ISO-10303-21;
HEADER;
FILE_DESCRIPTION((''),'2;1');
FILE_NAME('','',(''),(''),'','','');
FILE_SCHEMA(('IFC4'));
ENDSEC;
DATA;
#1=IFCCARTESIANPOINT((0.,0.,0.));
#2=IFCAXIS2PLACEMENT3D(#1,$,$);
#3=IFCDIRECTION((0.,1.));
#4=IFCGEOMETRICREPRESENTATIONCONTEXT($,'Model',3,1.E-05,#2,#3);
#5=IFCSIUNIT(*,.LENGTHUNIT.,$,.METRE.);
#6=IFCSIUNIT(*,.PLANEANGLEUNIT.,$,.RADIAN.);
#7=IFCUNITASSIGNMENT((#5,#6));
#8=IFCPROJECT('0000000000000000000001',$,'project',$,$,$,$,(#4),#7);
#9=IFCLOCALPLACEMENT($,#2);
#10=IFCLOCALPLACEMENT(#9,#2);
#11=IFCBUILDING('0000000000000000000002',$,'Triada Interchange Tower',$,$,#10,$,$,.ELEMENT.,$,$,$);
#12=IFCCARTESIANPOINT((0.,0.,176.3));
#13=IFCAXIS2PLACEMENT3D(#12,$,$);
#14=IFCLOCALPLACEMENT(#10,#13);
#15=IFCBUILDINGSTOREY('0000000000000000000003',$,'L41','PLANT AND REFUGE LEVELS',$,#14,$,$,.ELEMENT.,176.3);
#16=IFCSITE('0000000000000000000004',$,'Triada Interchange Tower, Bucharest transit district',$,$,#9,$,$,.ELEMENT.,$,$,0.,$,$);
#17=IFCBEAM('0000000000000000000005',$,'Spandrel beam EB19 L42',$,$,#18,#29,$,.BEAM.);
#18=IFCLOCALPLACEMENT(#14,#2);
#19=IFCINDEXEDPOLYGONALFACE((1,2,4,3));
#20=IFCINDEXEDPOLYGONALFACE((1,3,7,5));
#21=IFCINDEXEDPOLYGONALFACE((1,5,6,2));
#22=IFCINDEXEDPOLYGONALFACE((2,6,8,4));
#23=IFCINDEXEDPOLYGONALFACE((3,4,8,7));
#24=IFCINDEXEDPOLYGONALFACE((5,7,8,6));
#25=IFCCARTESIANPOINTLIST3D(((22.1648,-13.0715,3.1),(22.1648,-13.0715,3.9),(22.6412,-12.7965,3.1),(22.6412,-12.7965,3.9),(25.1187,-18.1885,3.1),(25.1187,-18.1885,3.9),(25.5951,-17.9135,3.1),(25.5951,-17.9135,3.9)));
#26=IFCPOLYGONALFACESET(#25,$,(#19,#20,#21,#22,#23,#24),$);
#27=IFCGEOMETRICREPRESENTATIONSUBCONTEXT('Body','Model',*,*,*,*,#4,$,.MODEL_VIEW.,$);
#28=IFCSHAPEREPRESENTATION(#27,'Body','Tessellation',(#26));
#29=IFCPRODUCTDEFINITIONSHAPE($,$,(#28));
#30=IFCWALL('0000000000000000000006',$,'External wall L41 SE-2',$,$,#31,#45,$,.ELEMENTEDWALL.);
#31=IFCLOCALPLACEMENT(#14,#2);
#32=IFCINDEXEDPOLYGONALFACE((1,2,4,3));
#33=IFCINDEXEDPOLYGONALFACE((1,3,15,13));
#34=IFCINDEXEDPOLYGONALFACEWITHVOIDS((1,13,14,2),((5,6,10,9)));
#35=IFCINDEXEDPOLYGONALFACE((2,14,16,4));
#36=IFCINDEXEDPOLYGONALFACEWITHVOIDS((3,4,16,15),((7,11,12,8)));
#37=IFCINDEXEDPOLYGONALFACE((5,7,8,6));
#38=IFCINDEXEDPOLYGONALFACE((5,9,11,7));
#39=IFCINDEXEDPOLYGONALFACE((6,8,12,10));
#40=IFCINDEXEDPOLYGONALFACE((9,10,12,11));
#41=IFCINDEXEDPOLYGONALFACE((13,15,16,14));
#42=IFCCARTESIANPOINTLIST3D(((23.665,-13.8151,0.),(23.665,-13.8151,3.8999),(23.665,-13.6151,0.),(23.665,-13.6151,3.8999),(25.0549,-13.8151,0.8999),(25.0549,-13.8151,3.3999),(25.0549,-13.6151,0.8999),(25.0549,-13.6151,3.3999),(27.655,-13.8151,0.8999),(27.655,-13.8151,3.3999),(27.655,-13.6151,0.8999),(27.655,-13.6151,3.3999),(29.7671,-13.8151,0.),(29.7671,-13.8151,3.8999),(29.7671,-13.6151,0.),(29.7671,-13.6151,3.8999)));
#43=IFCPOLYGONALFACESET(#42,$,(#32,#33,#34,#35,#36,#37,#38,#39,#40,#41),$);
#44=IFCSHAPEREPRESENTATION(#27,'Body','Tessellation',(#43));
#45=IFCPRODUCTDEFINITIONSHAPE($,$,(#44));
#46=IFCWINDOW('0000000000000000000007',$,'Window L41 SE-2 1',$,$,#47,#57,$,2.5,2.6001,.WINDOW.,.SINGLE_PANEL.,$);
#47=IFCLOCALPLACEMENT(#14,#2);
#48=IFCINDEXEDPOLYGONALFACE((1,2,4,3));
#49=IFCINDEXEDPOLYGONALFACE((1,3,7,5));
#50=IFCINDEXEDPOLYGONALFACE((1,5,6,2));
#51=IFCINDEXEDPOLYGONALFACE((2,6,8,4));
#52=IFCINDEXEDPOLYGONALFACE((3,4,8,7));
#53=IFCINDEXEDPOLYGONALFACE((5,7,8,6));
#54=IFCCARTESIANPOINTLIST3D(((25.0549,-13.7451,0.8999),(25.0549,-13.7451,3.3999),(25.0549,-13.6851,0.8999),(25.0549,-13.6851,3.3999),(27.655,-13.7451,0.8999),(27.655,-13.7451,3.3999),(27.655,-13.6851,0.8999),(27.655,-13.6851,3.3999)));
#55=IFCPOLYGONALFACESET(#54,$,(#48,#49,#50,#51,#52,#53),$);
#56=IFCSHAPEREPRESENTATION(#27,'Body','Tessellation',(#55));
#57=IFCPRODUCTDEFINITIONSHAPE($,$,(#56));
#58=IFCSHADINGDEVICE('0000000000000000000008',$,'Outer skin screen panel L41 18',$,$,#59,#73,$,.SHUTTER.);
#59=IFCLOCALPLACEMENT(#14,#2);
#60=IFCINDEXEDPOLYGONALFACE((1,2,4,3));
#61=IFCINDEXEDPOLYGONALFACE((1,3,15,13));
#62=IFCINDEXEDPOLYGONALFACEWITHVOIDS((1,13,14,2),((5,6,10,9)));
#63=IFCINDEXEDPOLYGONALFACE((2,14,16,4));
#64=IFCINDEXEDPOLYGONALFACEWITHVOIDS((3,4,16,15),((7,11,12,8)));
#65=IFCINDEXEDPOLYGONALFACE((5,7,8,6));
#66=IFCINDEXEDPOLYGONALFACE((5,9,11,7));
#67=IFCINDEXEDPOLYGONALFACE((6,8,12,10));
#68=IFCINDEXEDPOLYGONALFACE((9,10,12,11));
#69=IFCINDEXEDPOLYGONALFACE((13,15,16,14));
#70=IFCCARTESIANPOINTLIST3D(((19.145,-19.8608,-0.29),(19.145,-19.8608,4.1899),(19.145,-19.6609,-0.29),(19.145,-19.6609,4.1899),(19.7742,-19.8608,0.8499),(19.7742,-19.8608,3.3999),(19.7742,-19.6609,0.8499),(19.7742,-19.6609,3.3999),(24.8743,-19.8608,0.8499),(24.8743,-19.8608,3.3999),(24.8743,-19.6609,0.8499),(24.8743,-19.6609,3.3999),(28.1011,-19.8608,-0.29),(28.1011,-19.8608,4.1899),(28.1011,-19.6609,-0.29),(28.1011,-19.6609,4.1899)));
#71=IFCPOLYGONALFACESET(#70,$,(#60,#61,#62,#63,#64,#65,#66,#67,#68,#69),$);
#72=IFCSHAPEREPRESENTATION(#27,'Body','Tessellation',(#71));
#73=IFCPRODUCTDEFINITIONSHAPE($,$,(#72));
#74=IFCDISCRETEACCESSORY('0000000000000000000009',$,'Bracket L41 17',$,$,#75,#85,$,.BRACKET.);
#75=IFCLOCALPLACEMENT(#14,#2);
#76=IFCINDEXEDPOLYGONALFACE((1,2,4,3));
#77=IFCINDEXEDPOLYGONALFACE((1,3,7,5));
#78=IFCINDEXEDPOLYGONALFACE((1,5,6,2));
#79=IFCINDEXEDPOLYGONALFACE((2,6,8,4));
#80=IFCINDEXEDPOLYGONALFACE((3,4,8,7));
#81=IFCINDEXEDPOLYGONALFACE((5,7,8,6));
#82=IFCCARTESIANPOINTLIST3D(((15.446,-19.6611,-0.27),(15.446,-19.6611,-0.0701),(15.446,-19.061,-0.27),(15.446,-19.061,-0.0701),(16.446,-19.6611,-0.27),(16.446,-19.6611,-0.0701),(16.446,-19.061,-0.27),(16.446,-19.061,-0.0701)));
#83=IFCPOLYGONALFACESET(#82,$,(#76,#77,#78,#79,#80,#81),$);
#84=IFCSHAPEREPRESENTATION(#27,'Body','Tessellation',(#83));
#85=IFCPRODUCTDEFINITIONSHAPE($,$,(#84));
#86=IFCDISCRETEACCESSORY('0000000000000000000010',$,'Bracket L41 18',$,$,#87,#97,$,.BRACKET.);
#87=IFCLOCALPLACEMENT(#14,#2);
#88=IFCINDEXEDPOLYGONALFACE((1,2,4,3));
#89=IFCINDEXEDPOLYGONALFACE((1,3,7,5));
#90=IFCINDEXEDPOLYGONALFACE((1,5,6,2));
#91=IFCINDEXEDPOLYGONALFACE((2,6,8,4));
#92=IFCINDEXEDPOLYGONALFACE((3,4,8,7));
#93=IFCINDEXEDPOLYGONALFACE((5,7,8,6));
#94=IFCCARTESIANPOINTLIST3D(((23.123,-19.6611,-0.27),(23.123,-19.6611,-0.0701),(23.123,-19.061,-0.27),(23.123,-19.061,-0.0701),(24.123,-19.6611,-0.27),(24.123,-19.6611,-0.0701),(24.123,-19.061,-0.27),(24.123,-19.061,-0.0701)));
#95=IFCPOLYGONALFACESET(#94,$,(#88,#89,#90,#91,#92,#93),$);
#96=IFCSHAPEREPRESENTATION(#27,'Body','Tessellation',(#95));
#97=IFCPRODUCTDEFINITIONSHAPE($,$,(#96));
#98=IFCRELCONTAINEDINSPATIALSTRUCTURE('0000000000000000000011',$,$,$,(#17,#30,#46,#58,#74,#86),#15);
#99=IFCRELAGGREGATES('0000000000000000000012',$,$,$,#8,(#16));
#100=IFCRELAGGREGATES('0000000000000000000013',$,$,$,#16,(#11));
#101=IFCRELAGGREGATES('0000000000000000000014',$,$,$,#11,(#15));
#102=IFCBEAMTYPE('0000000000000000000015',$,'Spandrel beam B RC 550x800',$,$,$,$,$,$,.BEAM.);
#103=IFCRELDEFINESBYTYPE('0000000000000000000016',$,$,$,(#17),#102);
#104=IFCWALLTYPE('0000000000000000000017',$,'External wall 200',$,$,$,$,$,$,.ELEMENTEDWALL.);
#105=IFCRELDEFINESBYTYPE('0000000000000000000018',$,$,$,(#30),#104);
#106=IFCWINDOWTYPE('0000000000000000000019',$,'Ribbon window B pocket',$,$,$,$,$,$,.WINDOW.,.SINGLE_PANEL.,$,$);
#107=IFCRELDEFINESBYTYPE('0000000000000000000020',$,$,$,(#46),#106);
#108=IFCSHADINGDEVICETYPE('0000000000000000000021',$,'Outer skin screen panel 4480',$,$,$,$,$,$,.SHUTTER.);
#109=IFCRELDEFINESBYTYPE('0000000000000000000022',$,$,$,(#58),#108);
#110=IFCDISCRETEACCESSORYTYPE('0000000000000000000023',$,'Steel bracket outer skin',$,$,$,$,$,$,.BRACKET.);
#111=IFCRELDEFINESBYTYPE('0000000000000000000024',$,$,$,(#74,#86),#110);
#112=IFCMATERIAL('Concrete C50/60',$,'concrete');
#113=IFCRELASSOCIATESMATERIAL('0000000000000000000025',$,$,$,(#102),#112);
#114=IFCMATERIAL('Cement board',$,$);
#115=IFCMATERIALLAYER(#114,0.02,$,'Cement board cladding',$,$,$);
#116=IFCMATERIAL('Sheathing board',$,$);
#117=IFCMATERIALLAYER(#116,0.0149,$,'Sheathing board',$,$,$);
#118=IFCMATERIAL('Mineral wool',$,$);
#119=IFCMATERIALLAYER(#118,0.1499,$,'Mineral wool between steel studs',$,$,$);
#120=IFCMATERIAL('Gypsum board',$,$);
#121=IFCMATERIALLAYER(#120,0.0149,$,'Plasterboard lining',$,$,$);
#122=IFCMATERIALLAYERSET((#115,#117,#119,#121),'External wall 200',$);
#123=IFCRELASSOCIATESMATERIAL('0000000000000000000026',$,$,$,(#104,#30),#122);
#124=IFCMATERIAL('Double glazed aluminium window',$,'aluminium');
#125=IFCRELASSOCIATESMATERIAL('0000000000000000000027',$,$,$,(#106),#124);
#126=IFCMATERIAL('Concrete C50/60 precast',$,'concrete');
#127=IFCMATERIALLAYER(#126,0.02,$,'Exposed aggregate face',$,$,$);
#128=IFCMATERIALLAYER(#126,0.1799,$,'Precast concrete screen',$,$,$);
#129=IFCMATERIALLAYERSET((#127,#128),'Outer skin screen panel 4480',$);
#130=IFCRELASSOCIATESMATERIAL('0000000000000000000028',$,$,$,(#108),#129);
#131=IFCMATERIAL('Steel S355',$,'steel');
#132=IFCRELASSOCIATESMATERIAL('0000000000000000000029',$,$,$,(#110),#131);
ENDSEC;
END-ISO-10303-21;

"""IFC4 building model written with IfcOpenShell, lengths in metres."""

from ifc_helpers import new_model, si_unit, direction, frame, frame_2d, origin, origin_2d, place, context, subcontext, project, spatial, polyline, rectangle, outline, extrude, material, layer, layer_set, layer_usage, material_profile, profile_set, type_object, element, fill, save


model = new_model("IFC4")

# Units and contexts
model_context = context("Model", 3, precision=1e-05, world=origin(), true_north=direction((0.0, 1.0)))
body_context = subcontext(model_context, "Body", "Model", "MODEL_VIEW")
ifc_project = project(units=[si_unit("LENGTHUNIT", "METRE"), si_unit("PLANEANGLEUNIT", "RADIAN")], contexts=[model_context])

# Site, building, storey
site_placement = place(None, origin())
site = spatial("IfcSite", under=ifc_project, at=site_placement, Name="Triada Interchange Tower, Bucharest transit district", CompositionType="ELEMENT", RefElevation=0.0)
building_placement = place(site_placement, origin())
building = spatial("IfcBuilding", under=site, at=building_placement, Name="Triada Interchange Tower", CompositionType="ELEMENT")
storey_placement = place(building_placement, frame((0.0, 0.0, 176.3)))
storey = spatial("IfcBuildingStorey", under=building, at=storey_placement, Name="L41", Description="PLANT AND REFUGE LEVELS", CompositionType="ELEMENT", Elevation=176.3)

# Shared definitions
ifc_material_1 = material(Name="Steel S355", Category="steel")

# Beam
ifc_material_2 = material(Name="Concrete C50/60", Category="concrete")
ifc_material_profile_1 = material_profile(ifc_material_2, rectangle(XDim=0.55, YDim=0.8, at=origin_2d()), Name="RC 550x800")
ifc_profile_set_1 = profile_set([ifc_material_profile_1], Name="Concrete C50/60")
beam_type_1 = type_object("IfcBeamType", Name="Spandrel beam B RC 550x800", PredefinedType="BEAM", material=ifc_profile_set_1)
beam_1_placement = place(storey_placement, frame((25.3569, -18.051, 3.5), z_axis=(-0.499948, 0.866056, 0.0), x_axis=(-0.866056, -0.499948, 0.0)))
element("IfcBeam", 1, at=beam_1_placement, inside=storey, type_object=beam_type_1, Name="Spandrel beam EB19 L42", PredefinedType="BEAM", context=body_context, shape_type="SweptSolid", body=[
    extrude(rectangle(XDim=0.55, YDim=0.8, at=origin_2d()), origin(), (0.0, 0.0, 1.0), 5.9084),
])

# Wall, opening, window
ifc_material_3 = material(Name="Cement board")
ifc_layer_1 = layer(ifc_material_3, 0.02, Name="Cement board cladding")
ifc_material_4 = material(Name="Sheathing board")
ifc_layer_2 = layer(ifc_material_4, 0.0149, Name="Sheathing board")
ifc_material_5 = material(Name="Mineral wool")
ifc_layer_3 = layer(ifc_material_5, 0.1499, Name="Mineral wool between steel studs")
ifc_material_6 = material(Name="Gypsum board")
ifc_layer_4 = layer(ifc_material_6, 0.0149, Name="Plasterboard lining")
ifc_layer_set_1 = layer_set([ifc_layer_1, ifc_layer_2, ifc_layer_3, ifc_layer_4], Name="External wall 200")
ifc_layer_usage = layer_usage(ifc_layer_set_1, "AXIS2", "POSITIVE", -0.1001)
wall_type = type_object("IfcWallType", Name="External wall 200", PredefinedType="ELEMENTEDWALL", material=ifc_layer_set_1)
wall_placement = place(storey_placement, frame((23.665, -13.7151, 0.0), z_axis=(0.0, 0.0, 1.0), x_axis=(1.0, 0.0, 0.0)))
wall = element("IfcWall", 2, at=wall_placement, inside=storey, type_object=wall_type, material=ifc_layer_usage, Name="External wall L41 SE-2", PredefinedType="ELEMENTEDWALL", context=body_context, shape_type="SweptSolid", body=[
    extrude(rectangle(XDim=6.1021, YDim=0.2, at=frame_2d((3.051, 0.0))), origin(), (0.0, 0.0, 1.0), 3.8999),
])
opening_placement = place(wall_placement, frame((1.3899, 0.0, 0.8999)))
opening = element("IfcOpeningElement", 3, at=opening_placement, cuts=wall, PredefinedType="OPENING", context=body_context, shape_type="SweptSolid", body=[
    extrude(rectangle(XDim=2.6001, YDim=2.5, at=frame_2d((1.3, 1.25))), frame((0.0, 0.1099, 0.0), z_axis=(0.0, -1.0, 0.0), x_axis=(1.0, 0.0, 0.0)), (0.0, 0.0, 1.0), 0.22),
])
ifc_material_7 = material(Name="Double glazed aluminium window", Category="aluminium")
window_type = type_object("IfcWindowType", Name="Ribbon window B pocket", PartitioningType="SINGLE_PANEL", PredefinedType="WINDOW", material=ifc_material_7)
window_placement = place(opening_placement, origin())
window = element("IfcWindow", 4, at=window_placement, inside=storey, type_object=window_type, Name="Window L41 SE-2 1", OverallHeight=2.5, OverallWidth=2.6001, PartitioningType="SINGLE_PANEL", PredefinedType="WINDOW", context=body_context, shape_type="SweptSolid", body=[
    extrude(rectangle(XDim=2.6001, YDim=2.5, at=frame_2d((1.3, 1.25))), frame((0.0, 0.03, 0.0), z_axis=(0.0, -1.0, 0.0), x_axis=(1.0, 0.0, 0.0)), (0.0, 0.0, 1.0), 0.0601),
])
fill(opening, window)

# Shading device
ifc_material_8 = material(Name="Concrete C50/60 precast", Category="concrete")
ifc_layer_5 = layer(ifc_material_8, 0.02, Name="Exposed aggregate face")
ifc_layer_6 = layer(ifc_material_8, 0.1799, Name="Precast concrete screen")
ifc_layer_set_2 = layer_set([ifc_layer_5, ifc_layer_6], Name="Outer skin screen panel 4480")
shading_device_type = type_object("IfcShadingDeviceType", Name="Outer skin screen panel 4480", PredefinedType="SHUTTER", material=ifc_layer_set_2)
shading_device_placement = place(storey_placement, frame((19.145, -19.6609, -0.29), z_axis=(0.0, 0.0, 1.0), x_axis=(1.0, 0.0, 0.0)))
element("IfcShadingDevice", 5, at=shading_device_placement, inside=storey, type_object=shading_device_type, Name="Outer skin screen panel L41 18", PredefinedType="SHUTTER", context=body_context, shape_type="SweptSolid", body=[
    extrude(outline(polyline([(0.0, 0.0), (8.9561, 0.0), (8.9561, 4.48), (0.0, 4.48), (0.0, 0.0)]), holes=[polyline([(0.6292, 1.1399), (0.6292, 3.6899), (5.7292, 3.6899), (5.7292, 1.1399), (0.6292, 1.1399)])]), frame((0.0, 0.0, 0.0), z_axis=(0.0, -1.0, 0.0), x_axis=(1.0, 0.0, 0.0)), (0.0, 0.0, 1.0), 0.2),
])

# Discrete accessories
discrete_accessory_type = type_object("IfcDiscreteAccessoryType", Name="Steel bracket outer skin", PredefinedType="BRACKET", material=ifc_material_1)
for number, where, z_axis, x_axis, name in (
    (6, (15.946, -19.3611, -0.27), (0.0, 0.0, 1.0), (0.0, -1.0, 0.0), "Bracket L41 17"),
    (7, (23.623, -19.3611, -0.27), (0.0, 0.0, 1.0), (0.0, -1.0, 0.0), "Bracket L41 18"),
):
    element("IfcDiscreteAccessory", number, at=place(storey_placement, frame(where, z_axis=z_axis, x_axis=x_axis)), inside=storey, type_object=discrete_accessory_type, Name=name, PredefinedType="BRACKET", context=body_context, shape_type="SweptSolid", body=[
        extrude(rectangle(XDim=0.6001, YDim=1.0, at=origin_2d()), origin(), (0.0, 0.0, 1.0), 0.2),
    ])

save(model, "model.ifc")
